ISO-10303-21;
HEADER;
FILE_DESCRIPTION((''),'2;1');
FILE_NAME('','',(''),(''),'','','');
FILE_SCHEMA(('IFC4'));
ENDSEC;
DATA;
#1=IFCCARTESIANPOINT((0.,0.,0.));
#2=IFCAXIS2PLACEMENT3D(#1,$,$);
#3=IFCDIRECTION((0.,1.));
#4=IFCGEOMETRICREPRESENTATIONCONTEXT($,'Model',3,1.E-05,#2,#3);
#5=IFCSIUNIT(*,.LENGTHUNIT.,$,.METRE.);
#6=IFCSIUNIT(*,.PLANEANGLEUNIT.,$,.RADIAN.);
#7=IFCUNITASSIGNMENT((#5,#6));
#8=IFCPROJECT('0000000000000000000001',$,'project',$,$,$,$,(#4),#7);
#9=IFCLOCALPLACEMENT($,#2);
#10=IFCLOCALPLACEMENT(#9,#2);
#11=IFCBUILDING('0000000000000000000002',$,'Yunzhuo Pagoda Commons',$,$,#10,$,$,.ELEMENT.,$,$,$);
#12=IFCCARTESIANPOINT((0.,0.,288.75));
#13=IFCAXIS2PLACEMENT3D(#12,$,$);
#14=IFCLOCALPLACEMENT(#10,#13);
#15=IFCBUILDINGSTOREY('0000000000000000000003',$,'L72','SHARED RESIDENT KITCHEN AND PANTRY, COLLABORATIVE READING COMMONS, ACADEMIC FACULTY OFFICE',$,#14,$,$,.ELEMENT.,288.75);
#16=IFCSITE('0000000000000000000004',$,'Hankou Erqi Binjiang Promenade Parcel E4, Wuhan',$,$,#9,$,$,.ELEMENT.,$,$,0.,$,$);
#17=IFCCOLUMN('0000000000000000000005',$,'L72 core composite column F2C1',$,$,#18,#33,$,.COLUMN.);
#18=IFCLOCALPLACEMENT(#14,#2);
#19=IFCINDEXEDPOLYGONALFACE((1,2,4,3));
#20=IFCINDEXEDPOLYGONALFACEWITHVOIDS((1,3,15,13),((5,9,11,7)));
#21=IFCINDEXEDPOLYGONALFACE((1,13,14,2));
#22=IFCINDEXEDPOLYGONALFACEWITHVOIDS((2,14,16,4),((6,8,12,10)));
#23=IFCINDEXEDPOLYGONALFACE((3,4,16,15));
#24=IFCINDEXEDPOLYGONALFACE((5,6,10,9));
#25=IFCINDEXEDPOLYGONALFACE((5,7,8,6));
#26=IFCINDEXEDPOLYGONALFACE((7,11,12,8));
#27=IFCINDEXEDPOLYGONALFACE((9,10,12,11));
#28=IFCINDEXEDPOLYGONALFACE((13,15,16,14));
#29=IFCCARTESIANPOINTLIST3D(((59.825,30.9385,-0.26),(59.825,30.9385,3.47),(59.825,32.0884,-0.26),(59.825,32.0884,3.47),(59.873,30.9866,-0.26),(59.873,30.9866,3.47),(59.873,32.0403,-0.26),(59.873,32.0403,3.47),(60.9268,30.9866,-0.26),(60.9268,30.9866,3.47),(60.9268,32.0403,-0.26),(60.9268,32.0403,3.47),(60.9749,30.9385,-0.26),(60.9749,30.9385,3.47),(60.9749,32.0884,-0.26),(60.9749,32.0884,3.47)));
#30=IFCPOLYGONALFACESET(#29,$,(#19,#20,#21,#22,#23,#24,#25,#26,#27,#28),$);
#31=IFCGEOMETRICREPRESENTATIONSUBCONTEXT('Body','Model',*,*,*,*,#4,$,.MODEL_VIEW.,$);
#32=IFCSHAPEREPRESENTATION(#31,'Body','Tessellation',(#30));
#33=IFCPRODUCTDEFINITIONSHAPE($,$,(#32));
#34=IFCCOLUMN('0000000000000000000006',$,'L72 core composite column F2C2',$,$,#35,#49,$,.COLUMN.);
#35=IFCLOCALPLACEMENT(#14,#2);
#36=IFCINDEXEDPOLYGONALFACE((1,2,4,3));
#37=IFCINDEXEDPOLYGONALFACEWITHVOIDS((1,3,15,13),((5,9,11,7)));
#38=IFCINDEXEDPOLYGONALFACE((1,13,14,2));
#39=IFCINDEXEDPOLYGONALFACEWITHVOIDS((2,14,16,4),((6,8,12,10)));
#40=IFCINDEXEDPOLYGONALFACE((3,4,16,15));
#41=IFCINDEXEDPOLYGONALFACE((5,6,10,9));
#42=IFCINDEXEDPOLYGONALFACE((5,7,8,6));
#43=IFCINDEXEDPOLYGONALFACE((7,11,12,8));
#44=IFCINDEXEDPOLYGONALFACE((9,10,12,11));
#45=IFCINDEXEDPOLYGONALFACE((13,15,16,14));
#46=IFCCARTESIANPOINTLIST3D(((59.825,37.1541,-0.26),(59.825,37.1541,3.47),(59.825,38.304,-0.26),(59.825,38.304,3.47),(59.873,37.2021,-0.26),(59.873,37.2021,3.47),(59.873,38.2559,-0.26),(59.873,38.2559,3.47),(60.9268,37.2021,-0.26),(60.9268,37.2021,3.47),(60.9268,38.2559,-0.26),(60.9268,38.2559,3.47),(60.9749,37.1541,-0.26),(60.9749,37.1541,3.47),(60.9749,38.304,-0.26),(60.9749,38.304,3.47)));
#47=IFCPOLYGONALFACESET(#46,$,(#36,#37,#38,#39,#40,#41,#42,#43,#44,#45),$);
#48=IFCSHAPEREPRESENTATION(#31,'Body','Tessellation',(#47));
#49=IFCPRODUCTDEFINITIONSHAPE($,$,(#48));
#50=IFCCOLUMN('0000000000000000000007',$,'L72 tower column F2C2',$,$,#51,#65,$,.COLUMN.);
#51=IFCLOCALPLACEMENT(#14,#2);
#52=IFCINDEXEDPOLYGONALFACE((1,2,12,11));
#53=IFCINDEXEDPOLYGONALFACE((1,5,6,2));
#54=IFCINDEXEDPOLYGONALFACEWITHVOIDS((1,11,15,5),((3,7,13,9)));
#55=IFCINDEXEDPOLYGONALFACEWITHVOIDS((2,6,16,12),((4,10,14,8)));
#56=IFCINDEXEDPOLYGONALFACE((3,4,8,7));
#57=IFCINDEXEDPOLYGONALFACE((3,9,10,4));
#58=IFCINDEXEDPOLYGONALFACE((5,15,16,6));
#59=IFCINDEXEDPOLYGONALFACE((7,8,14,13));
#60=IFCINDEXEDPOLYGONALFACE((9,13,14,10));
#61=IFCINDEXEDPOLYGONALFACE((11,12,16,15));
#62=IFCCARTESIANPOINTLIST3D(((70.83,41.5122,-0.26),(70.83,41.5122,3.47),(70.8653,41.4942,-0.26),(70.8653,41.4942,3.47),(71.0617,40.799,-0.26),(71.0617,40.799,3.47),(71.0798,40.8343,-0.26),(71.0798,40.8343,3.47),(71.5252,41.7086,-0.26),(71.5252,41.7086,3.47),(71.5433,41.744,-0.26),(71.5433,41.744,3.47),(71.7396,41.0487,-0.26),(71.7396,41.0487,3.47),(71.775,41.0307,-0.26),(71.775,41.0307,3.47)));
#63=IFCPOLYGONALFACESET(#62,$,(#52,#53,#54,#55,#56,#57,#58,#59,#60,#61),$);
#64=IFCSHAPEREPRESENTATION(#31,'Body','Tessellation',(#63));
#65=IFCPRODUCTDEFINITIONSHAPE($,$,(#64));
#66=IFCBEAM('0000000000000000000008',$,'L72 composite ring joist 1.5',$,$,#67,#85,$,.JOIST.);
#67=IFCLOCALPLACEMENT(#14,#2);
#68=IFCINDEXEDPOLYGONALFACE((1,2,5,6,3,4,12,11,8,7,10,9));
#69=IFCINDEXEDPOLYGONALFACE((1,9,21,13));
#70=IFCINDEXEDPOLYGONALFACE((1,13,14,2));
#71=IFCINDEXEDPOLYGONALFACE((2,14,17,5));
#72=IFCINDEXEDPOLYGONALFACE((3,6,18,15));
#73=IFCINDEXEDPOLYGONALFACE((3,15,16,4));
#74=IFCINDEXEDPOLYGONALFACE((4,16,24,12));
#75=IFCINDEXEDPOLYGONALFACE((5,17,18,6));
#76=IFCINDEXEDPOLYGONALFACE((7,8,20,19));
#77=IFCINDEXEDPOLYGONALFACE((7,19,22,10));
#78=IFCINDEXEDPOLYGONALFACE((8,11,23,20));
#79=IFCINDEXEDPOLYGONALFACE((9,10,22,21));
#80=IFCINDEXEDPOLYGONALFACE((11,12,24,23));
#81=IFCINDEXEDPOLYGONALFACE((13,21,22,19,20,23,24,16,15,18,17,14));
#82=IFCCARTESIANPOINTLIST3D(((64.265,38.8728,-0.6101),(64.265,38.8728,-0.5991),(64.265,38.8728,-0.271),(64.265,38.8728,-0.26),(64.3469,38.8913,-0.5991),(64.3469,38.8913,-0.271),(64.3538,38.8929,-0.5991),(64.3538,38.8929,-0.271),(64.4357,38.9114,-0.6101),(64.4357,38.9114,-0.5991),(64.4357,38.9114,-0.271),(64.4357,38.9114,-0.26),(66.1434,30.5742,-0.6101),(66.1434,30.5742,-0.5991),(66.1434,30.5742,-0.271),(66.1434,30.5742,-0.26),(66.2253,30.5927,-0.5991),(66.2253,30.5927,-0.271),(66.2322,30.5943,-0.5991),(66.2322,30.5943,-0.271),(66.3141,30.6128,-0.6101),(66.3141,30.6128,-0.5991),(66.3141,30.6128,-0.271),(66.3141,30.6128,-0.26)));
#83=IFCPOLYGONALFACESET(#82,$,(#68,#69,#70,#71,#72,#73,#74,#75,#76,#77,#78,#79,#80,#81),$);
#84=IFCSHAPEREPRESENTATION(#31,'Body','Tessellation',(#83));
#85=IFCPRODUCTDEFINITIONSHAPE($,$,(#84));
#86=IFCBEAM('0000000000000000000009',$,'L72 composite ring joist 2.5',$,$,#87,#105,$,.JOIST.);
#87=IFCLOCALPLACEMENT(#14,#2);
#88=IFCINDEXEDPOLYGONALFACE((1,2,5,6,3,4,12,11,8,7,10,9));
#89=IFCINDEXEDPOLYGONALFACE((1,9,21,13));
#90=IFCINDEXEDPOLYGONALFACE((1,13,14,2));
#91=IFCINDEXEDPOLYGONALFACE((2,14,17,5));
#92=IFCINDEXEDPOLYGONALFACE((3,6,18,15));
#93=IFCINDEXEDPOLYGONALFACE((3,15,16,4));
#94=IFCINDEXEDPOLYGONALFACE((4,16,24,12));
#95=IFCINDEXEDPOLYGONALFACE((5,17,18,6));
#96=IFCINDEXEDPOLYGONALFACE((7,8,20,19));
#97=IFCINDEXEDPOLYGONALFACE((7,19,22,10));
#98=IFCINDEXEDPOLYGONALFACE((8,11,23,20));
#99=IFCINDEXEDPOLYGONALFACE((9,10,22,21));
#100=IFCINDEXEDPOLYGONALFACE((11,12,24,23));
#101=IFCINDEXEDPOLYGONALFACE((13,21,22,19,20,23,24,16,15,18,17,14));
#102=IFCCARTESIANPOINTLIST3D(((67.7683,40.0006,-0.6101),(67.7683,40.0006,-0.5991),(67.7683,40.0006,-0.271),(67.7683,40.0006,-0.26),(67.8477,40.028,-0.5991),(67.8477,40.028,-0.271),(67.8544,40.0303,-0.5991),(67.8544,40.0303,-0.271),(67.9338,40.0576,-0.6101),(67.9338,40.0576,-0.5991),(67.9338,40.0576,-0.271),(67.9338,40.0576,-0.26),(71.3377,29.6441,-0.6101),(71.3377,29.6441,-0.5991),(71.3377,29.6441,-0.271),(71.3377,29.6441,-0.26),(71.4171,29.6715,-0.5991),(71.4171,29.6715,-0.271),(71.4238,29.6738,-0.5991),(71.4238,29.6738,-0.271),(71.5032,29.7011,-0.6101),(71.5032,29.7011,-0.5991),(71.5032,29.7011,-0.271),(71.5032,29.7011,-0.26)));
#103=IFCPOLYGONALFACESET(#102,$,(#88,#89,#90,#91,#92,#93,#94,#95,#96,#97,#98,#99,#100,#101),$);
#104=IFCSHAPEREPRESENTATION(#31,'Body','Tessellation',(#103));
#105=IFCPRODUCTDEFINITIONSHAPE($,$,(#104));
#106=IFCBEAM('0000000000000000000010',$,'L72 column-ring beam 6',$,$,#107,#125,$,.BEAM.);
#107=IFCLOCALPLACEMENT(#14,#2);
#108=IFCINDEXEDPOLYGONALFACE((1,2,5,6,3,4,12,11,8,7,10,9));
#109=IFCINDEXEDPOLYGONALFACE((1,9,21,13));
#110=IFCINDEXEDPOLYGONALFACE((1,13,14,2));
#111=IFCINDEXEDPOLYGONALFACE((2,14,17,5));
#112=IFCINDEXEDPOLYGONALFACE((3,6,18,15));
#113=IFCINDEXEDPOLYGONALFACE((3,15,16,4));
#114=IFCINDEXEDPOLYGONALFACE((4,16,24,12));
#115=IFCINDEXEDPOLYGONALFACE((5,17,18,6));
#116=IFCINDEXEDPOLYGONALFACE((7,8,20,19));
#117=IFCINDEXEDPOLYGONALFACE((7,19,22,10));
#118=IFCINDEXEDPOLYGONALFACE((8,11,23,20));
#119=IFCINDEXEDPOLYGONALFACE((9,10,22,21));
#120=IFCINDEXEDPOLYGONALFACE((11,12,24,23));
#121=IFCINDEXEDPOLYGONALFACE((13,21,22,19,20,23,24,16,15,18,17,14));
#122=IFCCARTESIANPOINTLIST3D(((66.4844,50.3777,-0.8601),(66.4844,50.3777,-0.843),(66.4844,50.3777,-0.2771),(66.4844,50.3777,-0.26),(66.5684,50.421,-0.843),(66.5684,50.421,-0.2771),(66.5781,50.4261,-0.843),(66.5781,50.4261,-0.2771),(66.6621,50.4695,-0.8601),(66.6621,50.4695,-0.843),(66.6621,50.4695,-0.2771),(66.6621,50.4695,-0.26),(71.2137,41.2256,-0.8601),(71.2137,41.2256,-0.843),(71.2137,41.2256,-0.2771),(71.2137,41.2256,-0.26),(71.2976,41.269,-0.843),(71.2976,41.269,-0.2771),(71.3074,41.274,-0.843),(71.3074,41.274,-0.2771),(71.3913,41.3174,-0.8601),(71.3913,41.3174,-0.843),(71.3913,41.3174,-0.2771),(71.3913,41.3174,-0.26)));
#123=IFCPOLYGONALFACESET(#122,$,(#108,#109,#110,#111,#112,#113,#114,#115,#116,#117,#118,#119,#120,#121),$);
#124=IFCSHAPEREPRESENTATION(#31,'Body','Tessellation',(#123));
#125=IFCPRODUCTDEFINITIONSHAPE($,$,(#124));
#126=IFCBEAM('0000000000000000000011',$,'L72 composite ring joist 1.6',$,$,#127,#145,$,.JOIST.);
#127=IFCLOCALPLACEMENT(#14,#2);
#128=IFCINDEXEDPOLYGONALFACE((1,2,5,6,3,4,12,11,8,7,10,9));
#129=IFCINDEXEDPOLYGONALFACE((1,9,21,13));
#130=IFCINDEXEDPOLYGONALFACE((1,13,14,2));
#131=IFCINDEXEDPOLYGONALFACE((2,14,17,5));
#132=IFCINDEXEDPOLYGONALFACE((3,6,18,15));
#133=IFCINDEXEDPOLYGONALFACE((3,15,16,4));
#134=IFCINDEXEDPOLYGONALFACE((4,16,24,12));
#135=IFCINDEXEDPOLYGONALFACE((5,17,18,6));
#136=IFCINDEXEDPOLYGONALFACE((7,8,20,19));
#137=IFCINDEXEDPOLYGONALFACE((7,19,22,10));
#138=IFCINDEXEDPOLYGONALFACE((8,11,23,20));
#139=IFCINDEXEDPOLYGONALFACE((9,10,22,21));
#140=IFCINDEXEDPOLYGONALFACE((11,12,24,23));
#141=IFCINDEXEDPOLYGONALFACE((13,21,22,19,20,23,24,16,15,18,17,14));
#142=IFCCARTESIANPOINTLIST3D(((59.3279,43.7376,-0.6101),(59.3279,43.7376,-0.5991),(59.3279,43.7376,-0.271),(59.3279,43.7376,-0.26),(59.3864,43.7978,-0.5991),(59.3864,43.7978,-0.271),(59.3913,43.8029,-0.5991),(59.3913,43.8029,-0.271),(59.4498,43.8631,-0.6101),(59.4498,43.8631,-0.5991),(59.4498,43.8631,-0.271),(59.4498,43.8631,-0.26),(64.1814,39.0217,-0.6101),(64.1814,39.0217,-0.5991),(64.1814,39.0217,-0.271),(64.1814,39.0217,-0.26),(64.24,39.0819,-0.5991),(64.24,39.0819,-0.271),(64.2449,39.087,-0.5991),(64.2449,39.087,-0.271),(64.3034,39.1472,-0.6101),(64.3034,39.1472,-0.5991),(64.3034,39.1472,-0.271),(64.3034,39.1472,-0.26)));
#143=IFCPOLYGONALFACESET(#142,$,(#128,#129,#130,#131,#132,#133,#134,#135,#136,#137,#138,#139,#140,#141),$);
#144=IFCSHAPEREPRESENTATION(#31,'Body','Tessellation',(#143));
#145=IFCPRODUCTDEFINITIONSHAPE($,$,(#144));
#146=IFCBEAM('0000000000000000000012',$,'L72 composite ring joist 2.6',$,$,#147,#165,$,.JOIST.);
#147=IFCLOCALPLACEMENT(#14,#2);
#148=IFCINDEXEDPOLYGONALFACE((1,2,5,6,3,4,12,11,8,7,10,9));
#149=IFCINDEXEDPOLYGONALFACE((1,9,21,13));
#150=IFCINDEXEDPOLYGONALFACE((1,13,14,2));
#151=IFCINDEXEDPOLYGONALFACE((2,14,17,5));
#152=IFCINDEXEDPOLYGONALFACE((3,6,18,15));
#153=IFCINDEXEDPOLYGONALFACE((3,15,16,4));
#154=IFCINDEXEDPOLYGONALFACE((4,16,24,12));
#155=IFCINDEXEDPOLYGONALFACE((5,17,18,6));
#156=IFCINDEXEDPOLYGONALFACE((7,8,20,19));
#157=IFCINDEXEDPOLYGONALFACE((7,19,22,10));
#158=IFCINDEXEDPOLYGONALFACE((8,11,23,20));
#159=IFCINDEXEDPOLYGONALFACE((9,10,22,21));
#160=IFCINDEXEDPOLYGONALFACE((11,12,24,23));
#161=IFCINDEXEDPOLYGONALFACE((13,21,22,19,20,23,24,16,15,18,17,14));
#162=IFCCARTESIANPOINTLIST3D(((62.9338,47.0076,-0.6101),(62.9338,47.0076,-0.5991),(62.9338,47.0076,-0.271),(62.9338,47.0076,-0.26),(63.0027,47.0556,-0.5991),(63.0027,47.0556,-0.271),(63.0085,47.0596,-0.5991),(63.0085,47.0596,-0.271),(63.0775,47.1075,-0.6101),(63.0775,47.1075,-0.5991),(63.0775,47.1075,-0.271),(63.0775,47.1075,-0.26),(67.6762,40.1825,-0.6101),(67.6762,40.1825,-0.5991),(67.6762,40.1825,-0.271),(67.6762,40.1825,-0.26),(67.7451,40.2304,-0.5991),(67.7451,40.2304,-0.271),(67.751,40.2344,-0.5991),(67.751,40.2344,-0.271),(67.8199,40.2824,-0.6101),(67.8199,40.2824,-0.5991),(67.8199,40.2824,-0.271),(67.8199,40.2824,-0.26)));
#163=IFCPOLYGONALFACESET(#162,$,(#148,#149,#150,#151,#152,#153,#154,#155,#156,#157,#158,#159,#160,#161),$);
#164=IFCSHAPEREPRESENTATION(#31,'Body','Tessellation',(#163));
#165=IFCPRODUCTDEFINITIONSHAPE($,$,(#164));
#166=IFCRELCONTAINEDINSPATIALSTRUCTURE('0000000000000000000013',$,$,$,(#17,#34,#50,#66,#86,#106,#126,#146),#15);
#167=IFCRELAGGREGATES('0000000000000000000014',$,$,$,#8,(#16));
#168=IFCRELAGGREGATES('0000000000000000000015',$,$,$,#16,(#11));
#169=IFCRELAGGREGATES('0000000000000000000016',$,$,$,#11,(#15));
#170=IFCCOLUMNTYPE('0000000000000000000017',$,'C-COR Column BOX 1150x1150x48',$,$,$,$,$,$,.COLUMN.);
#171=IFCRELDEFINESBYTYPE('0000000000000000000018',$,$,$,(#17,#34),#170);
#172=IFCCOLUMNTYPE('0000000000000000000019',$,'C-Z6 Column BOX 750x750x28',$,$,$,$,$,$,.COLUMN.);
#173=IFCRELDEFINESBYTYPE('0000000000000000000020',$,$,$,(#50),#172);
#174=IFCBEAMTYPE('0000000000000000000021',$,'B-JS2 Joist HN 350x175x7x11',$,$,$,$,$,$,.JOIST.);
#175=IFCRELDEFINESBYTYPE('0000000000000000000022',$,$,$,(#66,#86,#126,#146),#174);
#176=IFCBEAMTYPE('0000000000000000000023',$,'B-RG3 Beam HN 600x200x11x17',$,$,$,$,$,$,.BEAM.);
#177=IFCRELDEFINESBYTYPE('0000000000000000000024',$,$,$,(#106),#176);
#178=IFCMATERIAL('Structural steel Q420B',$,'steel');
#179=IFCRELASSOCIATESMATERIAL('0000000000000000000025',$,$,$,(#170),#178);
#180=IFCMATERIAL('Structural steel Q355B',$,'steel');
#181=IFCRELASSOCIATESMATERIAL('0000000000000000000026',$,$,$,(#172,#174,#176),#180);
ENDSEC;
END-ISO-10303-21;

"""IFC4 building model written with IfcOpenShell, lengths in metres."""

from ifc_helpers import new_model, si_unit, direction, frame, origin, origin_2d, place, context, subcontext, project, spatial, hollow_rectangle, i_section, extrude, source, transform, mapped, material, material_profile, profile_set, type_object, element, save


model = new_model("IFC4")

# Units and contexts
model_context = context("Model", 3, precision=1e-05, world=origin(), true_north=direction((0.0, 1.0)))
body_context = subcontext(model_context, "Body", "Model", "MODEL_VIEW")
ifc_project = project(units=[si_unit("LENGTHUNIT", "METRE"), si_unit("PLANEANGLEUNIT", "RADIAN")], contexts=[model_context])

# Site, building, storey
site_placement = place(None, origin())
site = spatial("IfcSite", under=ifc_project, at=site_placement, Name="Hankou Erqi Binjiang Promenade Parcel E4, Wuhan", CompositionType="ELEMENT", RefElevation=0.0)
building_placement = place(site_placement, origin())
building = spatial("IfcBuilding", under=site, at=building_placement, Name="Yunzhuo Pagoda Commons", CompositionType="ELEMENT")
storey_placement = place(building_placement, frame((0.0, 0.0, 288.75)))
storey = spatial("IfcBuildingStorey", under=building, at=storey_placement, Name="L72", Description="SHARED RESIDENT KITCHEN AND PANTRY, COLLABORATIVE READING COMMONS, ACADEMIC FACULTY OFFICE", CompositionType="ELEMENT", Elevation=288.75)

# Columns
ifc_material_1 = material(Name="Structural steel Q420B", Category="steel")
ifc_material_profile_1 = material_profile(ifc_material_1, hollow_rectangle(XDim=1.1499, YDim=1.1499, WallThickness=0.0481, at=origin_2d()), Name="Structural steel Q420B")
ifc_profile_set_1 = profile_set([ifc_material_profile_1], Name="Structural steel Q420B")
column_type_1 = type_object("IfcColumnType", Name="C-COR Column BOX 1150x1150x48", PredefinedType="COLUMN", material=ifc_profile_set_1)
shared_shape_1 = source(origin(), body_context, "Body", "SweptSolid", [
    extrude(hollow_rectangle(XDim=1.1499, YDim=1.1499, WallThickness=0.0481, at=origin_2d()), origin(), (0.0, 0.0, 1.0), 3.73),
])
for number, where, z_axis, x_axis, name in (
    (1, (60.3999, 31.5134, -0.26), (0.0, 0.0, 1.0), (1.0, 0.0, 0.0), "L72 core composite column F2C1"),
    (2, (60.3999, 37.729, -0.26), (0.0, 0.0, 1.0), (1.0, 0.0, 0.0), "L72 core composite column F2C2"),
):
    element("IfcColumn", number, at=place(storey_placement, frame(where, z_axis=z_axis, x_axis=x_axis)), inside=storey, type_object=column_type_1, Name=name, PredefinedType="COLUMN", context=body_context, shape_type="MappedRepresentation", body=[
        mapped(shared_shape_1, transform((0.0, 0.0, 0.0), scale=1.0)),
    ])
ifc_material_2 = material(Name="Structural steel Q355B", Category="steel")
ifc_material_profile_2 = material_profile(ifc_material_2, hollow_rectangle(XDim=0.75, YDim=0.75, WallThickness=0.0281, at=origin_2d()), Name="Structural steel Q355B")
ifc_profile_set_2 = profile_set([ifc_material_profile_2], Name="Structural steel Q355B")
column_type_2 = type_object("IfcColumnType", Name="C-Z6 Column BOX 750x750x28", PredefinedType="COLUMN", material=ifc_profile_set_2)
shared_shape_2 = source(origin(), body_context, "Body", "SweptSolid", [
    extrude(hollow_rectangle(XDim=0.75, YDim=0.75, WallThickness=0.0281, at=origin_2d()), origin(), (0.0, 0.0, 1.0), 3.73),
])
column_placement = place(storey_placement, frame((71.3025, 41.2715, -0.26), z_axis=(0.0, 0.0, 1.0), x_axis=(-0.309017, 0.951057, 0.0)))
element("IfcColumn", 3, at=column_placement, inside=storey, type_object=column_type_2, Name="L72 tower column F2C2", PredefinedType="COLUMN", context=body_context, shape_type="MappedRepresentation", body=[
    mapped(shared_shape_2, transform((0.0, 0.0, 0.0), scale=1.0)),
])

# Beams
ifc_material_profile_3 = material_profile(ifc_material_2, i_section(OverallWidth=0.175, OverallDepth=0.3501, WebThickness=0.0071, FlangeThickness=0.011, at=origin_2d()), Name="Structural steel Q355B")
ifc_profile_set_3 = profile_set([ifc_material_profile_3], Name="Structural steel Q355B")
beam_type_1 = type_object("IfcBeamType", Name="B-JS2 Joist HN 350x175x7x11", PredefinedType="JOIST", material=ifc_profile_set_3)
shared_shape_3 = source(origin(), body_context, "Body", "SweptSolid", [
    extrude(i_section(OverallWidth=0.175, OverallDepth=0.3501, WebThickness=0.0071, FlangeThickness=0.011, at=origin_2d()), origin(), (0.0, 0.0, 1.0), 8.5085),
])
beam_1_placement = place(storey_placement, frame((66.2288, 30.5935, -0.4351), z_axis=(-0.220769, 0.975326, 0.0), x_axis=(-0.975326, -0.220769, 0.0)))
element("IfcBeam", 4, at=beam_1_placement, inside=storey, type_object=beam_type_1, Name="L72 composite ring joist 1.5", PredefinedType="JOIST", context=body_context, shape_type="MappedRepresentation", body=[
    mapped(shared_shape_3, transform((0.0, 0.0, 0.0), scale=1.0)),
])
shared_shape_4 = source(origin(), body_context, "Body", "SweptSolid", [
    extrude(i_section(OverallWidth=0.175, OverallDepth=0.3501, WebThickness=0.0071, FlangeThickness=0.011, at=origin_2d()), origin(), (0.0, 0.0, 1.0), 10.9543),
])
beam_2_placement = place(storey_placement, frame((71.4204, 29.6726, -0.4351), z_axis=(-0.32584, 0.945425, 0.0), x_axis=(-0.945425, -0.32584, 0.0)))
element("IfcBeam", 5, at=beam_2_placement, inside=storey, type_object=beam_type_1, Name="L72 composite ring joist 2.5", PredefinedType="JOIST", context=body_context, shape_type="MappedRepresentation", body=[
    mapped(shared_shape_4, transform((0.0, 0.0, 0.0), scale=1.0)),
])
ifc_material_profile_4 = material_profile(ifc_material_2, i_section(OverallWidth=0.2, OverallDepth=0.6001, WebThickness=0.011, FlangeThickness=0.0171, at=origin_2d()), Name="Structural steel Q355B")
ifc_profile_set_4 = profile_set([ifc_material_profile_4], Name="Structural steel Q355B")
beam_type_2 = type_object("IfcBeamType", Name="B-RG3 Beam HN 600x200x11x17", PredefinedType="BEAM", material=ifc_profile_set_4)
shared_shape_5 = source(origin(), body_context, "Body", "SweptSolid", [
    extrude(i_section(OverallWidth=0.2, OverallDepth=0.6001, WebThickness=0.011, FlangeThickness=0.0171, at=origin_2d()), origin(), (0.0, 0.0, 1.0), 10.3018),
])
beam_3_placement = place(storey_placement, frame((71.3025, 41.2715, -0.5601), z_axis=(-0.459071, 0.8884, 0.0), x_axis=(-0.8884, -0.459071, 0.0)))
element("IfcBeam", 6, at=beam_3_placement, inside=storey, type_object=beam_type_2, Name="L72 column-ring beam 6", PredefinedType="BEAM", context=body_context, shape_type="MappedRepresentation", body=[
    mapped(shared_shape_5, transform((0.0, 0.0, 0.0), scale=1.0)),
])
shared_shape_6 = source(origin(), body_context, "Body", "SweptSolid", [
    extrude(i_section(OverallWidth=0.175, OverallDepth=0.3501, WebThickness=0.0071, FlangeThickness=0.011, at=origin_2d()), origin(), (0.0, 0.0, 1.0), 6.7673),
])
beam_4_placement = place(storey_placement, frame((64.2424, 39.0845, -0.4351), z_axis=(-0.717207, 0.69686, 0.0), x_axis=(-0.69686, -0.717207, 0.0)))
element("IfcBeam", 7, at=beam_4_placement, inside=storey, type_object=beam_type_1, Name="L72 composite ring joist 1.6", PredefinedType="JOIST", context=body_context, shape_type="MappedRepresentation", body=[
    mapped(shared_shape_6, transform((0.0, 0.0, 0.0), scale=1.0)),
])
shared_shape_7 = source(origin(), body_context, "Body", "SweptSolid", [
    extrude(i_section(OverallWidth=0.175, OverallDepth=0.3501, WebThickness=0.0071, FlangeThickness=0.011, at=origin_2d()), origin(), (0.0, 0.0, 1.0), 8.311),
])
beam_5_placement = place(storey_placement, frame((67.748, 40.2324, -0.4351), z_axis=(-0.570616, 0.821217, 0.0), x_axis=(-0.821217, -0.570616, 0.0)))
element("IfcBeam", 8, at=beam_5_placement, inside=storey, type_object=beam_type_1, Name="L72 composite ring joist 2.6", PredefinedType="JOIST", context=body_context, shape_type="MappedRepresentation", body=[
    mapped(shared_shape_7, transform((0.0, 0.0, 0.0), scale=1.0)),
])

save(model, "model.ifc")
